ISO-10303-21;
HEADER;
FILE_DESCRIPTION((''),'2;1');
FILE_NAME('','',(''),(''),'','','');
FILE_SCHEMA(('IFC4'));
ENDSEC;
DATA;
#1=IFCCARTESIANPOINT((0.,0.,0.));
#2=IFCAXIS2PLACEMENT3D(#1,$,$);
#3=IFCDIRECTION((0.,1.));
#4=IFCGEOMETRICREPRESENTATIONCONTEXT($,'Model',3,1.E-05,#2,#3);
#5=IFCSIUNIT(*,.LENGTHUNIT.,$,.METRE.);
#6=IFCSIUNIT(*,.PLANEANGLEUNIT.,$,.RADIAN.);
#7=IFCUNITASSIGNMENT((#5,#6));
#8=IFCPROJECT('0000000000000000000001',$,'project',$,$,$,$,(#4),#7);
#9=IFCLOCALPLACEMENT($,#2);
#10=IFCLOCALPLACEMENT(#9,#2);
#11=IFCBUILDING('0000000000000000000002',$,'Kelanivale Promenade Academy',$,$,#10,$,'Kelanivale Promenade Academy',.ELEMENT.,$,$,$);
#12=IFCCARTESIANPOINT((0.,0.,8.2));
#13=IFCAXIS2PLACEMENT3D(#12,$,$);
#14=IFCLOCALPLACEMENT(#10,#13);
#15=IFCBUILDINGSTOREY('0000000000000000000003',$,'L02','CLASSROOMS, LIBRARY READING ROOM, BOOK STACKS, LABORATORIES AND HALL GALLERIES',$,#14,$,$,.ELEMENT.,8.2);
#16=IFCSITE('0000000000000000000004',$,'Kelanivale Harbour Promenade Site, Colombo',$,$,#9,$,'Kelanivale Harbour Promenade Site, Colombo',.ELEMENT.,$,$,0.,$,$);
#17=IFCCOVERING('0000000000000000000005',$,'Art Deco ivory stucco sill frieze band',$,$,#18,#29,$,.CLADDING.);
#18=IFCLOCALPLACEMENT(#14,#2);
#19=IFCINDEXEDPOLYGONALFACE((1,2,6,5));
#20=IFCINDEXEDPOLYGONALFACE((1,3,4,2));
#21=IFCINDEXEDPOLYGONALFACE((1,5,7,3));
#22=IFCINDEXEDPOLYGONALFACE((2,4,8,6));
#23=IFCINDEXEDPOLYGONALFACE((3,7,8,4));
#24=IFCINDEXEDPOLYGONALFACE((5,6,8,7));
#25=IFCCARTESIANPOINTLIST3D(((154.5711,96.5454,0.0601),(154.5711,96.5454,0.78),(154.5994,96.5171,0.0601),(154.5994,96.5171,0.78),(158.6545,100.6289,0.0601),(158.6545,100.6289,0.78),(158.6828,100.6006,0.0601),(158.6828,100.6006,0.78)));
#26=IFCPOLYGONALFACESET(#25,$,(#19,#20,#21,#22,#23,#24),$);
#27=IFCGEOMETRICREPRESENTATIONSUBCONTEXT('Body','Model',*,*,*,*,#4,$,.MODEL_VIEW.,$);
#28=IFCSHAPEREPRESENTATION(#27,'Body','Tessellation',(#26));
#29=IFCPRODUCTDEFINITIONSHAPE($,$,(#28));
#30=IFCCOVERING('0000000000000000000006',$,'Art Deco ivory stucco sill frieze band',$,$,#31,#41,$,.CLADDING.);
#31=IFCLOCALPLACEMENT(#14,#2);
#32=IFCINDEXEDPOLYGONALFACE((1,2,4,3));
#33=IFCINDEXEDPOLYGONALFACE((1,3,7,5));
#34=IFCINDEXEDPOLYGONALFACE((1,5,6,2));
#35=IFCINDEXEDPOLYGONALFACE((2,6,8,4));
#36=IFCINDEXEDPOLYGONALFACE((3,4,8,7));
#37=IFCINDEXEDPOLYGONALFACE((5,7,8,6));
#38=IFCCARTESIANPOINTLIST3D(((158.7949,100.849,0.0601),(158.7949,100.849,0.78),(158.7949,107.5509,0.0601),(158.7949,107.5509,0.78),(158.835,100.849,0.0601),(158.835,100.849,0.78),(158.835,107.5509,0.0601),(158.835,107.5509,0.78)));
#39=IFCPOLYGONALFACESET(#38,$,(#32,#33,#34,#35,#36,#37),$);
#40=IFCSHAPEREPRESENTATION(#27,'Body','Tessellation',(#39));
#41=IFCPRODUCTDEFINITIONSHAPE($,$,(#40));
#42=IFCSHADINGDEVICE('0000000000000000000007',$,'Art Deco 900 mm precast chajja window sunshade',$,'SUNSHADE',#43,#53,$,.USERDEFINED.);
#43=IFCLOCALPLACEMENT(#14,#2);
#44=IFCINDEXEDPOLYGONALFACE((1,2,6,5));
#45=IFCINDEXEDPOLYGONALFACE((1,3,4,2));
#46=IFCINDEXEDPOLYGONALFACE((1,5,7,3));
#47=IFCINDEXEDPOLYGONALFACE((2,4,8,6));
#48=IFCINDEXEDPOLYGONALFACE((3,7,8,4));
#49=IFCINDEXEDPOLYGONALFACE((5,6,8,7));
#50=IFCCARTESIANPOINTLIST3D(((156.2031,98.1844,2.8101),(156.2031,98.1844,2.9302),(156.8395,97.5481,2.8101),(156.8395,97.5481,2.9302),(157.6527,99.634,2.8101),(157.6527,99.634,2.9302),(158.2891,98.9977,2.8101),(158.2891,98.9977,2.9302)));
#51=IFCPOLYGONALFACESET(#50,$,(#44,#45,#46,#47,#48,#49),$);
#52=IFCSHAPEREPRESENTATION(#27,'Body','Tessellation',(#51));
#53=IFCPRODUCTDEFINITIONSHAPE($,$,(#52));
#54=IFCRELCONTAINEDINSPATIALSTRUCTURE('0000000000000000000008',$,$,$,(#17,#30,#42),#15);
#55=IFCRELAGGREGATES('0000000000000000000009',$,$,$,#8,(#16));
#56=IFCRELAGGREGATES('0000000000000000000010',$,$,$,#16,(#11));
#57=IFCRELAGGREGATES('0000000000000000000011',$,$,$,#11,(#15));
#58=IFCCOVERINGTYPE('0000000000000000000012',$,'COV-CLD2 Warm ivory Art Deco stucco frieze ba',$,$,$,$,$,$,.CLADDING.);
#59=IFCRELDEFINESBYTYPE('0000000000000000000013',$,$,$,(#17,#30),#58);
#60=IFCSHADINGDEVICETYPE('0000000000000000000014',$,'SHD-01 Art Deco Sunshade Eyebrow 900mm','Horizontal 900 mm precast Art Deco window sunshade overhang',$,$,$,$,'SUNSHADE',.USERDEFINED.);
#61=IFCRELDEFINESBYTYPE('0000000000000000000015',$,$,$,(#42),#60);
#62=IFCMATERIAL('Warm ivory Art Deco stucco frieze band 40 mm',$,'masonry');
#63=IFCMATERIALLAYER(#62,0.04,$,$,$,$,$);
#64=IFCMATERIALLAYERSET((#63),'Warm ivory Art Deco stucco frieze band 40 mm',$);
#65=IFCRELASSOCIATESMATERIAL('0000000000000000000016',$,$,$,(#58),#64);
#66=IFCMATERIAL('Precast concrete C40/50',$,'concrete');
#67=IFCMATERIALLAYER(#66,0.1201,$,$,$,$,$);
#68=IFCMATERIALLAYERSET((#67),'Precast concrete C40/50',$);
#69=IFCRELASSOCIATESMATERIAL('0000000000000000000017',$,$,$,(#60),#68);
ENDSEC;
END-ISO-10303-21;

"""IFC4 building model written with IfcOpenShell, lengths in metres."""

from ifc_helpers import new_model, si_unit, direction, frame, origin, origin_2d, place, context, subcontext, project, spatial, rectangle, extrude, material, layer, layer_set, type_object, element, save


model = new_model("IFC4")

# Units and contexts
model_context = context("Model", 3, precision=1e-05, world=origin(), true_north=direction((0.0, 1.0)))
body_context = subcontext(model_context, "Body", "Model", "MODEL_VIEW")
ifc_project = project(units=[si_unit("LENGTHUNIT", "METRE"), si_unit("PLANEANGLEUNIT", "RADIAN")], contexts=[model_context])

# Site, building, storey
site_placement = place(None, origin())
site = spatial("IfcSite", under=ifc_project, at=site_placement, Name="Kelanivale Harbour Promenade Site, Colombo", LongName="Kelanivale Harbour Promenade Site, Colombo", CompositionType="ELEMENT", RefElevation=0.0)
building_placement = place(site_placement, origin())
building = spatial("IfcBuilding", under=site, at=building_placement, Name="Kelanivale Promenade Academy", LongName="Kelanivale Promenade Academy", CompositionType="ELEMENT")
storey_placement = place(building_placement, frame((0.0, 0.0, 8.2)))
storey = spatial("IfcBuildingStorey", under=building, at=storey_placement, Name="L02", Description="CLASSROOMS, LIBRARY READING ROOM, BOOK STACKS, LABORATORIES AND HALL GALLERIES", CompositionType="ELEMENT", Elevation=8.2)

# Coverings
ifc_material_1 = material(Name="Warm ivory Art Deco stucco frieze band 40 mm", Category="masonry")
ifc_layer_1 = layer(ifc_material_1, 0.04)
ifc_layer_set_1 = layer_set([ifc_layer_1], Name="Warm ivory Art Deco stucco frieze band 40 mm")
covering_type = type_object("IfcCoveringType", Name="COV-CLD2 Warm ivory Art Deco stucco frieze ba", PredefinedType="CLADDING", material=ifc_layer_set_1)
covering_1_placement = place(storey_placement, frame((156.627, 98.573, 0.0601), z_axis=(0.0, 0.0, 1.0), x_axis=(0.707107, 0.707107, 0.0)))
element("IfcCovering", 1, at=covering_1_placement, inside=storey, type_object=covering_type, Name="Art Deco ivory stucco sill frieze band", PredefinedType="CLADDING", context=body_context, shape_type="SweptSolid", body=[
    extrude(rectangle(XDim=5.7749, YDim=0.04, at=origin_2d()), origin(), (0.0, 0.0, 1.0), 0.72),
])
covering_2_placement = place(storey_placement, frame((158.8149, 104.2, 0.0601), z_axis=(0.0, 0.0, 1.0), x_axis=(0.0, 1.0, 0.0)))
element("IfcCovering", 2, at=covering_2_placement, inside=storey, type_object=covering_type, Name="Art Deco ivory stucco sill frieze band", PredefinedType="CLADDING", context=body_context, shape_type="SweptSolid", body=[
    extrude(rectangle(XDim=6.7019, YDim=0.04, at=origin_2d()), origin(), (0.0, 0.0, 1.0), 0.72),
])

# Shading device
ifc_material_2 = material(Name="Precast concrete C40/50", Category="concrete")
ifc_layer_2 = layer(ifc_material_2, 0.1201)
ifc_layer_set_2 = layer_set([ifc_layer_2], Name="Precast concrete C40/50")
shading_device_type = type_object("IfcShadingDeviceType", Name="SHD-01 Art Deco Sunshade Eyebrow 900mm", Description="Horizontal 900 mm precast Art Deco window sunshade overhang", ElementType="SUNSHADE", PredefinedType="USERDEFINED", material=ifc_layer_set_2)
shading_device_placement = place(storey_placement, frame((157.2461, 98.5911, 2.8101), z_axis=(0.0, 0.0, 1.0), x_axis=(0.707107, 0.707107, 0.0)))
element("IfcShadingDevice", 3, at=shading_device_placement, inside=storey, type_object=shading_device_type, Name="Art Deco 900 mm precast chajja window sunshade", ObjectType="SUNSHADE", PredefinedType="USERDEFINED", context=body_context, shape_type="SweptSolid", body=[
    extrude(rectangle(XDim=2.05, YDim=0.8999, at=origin_2d()), origin(), (0.0, 0.0, 1.0), 0.1201),
])

save(model, "model.ifc")
